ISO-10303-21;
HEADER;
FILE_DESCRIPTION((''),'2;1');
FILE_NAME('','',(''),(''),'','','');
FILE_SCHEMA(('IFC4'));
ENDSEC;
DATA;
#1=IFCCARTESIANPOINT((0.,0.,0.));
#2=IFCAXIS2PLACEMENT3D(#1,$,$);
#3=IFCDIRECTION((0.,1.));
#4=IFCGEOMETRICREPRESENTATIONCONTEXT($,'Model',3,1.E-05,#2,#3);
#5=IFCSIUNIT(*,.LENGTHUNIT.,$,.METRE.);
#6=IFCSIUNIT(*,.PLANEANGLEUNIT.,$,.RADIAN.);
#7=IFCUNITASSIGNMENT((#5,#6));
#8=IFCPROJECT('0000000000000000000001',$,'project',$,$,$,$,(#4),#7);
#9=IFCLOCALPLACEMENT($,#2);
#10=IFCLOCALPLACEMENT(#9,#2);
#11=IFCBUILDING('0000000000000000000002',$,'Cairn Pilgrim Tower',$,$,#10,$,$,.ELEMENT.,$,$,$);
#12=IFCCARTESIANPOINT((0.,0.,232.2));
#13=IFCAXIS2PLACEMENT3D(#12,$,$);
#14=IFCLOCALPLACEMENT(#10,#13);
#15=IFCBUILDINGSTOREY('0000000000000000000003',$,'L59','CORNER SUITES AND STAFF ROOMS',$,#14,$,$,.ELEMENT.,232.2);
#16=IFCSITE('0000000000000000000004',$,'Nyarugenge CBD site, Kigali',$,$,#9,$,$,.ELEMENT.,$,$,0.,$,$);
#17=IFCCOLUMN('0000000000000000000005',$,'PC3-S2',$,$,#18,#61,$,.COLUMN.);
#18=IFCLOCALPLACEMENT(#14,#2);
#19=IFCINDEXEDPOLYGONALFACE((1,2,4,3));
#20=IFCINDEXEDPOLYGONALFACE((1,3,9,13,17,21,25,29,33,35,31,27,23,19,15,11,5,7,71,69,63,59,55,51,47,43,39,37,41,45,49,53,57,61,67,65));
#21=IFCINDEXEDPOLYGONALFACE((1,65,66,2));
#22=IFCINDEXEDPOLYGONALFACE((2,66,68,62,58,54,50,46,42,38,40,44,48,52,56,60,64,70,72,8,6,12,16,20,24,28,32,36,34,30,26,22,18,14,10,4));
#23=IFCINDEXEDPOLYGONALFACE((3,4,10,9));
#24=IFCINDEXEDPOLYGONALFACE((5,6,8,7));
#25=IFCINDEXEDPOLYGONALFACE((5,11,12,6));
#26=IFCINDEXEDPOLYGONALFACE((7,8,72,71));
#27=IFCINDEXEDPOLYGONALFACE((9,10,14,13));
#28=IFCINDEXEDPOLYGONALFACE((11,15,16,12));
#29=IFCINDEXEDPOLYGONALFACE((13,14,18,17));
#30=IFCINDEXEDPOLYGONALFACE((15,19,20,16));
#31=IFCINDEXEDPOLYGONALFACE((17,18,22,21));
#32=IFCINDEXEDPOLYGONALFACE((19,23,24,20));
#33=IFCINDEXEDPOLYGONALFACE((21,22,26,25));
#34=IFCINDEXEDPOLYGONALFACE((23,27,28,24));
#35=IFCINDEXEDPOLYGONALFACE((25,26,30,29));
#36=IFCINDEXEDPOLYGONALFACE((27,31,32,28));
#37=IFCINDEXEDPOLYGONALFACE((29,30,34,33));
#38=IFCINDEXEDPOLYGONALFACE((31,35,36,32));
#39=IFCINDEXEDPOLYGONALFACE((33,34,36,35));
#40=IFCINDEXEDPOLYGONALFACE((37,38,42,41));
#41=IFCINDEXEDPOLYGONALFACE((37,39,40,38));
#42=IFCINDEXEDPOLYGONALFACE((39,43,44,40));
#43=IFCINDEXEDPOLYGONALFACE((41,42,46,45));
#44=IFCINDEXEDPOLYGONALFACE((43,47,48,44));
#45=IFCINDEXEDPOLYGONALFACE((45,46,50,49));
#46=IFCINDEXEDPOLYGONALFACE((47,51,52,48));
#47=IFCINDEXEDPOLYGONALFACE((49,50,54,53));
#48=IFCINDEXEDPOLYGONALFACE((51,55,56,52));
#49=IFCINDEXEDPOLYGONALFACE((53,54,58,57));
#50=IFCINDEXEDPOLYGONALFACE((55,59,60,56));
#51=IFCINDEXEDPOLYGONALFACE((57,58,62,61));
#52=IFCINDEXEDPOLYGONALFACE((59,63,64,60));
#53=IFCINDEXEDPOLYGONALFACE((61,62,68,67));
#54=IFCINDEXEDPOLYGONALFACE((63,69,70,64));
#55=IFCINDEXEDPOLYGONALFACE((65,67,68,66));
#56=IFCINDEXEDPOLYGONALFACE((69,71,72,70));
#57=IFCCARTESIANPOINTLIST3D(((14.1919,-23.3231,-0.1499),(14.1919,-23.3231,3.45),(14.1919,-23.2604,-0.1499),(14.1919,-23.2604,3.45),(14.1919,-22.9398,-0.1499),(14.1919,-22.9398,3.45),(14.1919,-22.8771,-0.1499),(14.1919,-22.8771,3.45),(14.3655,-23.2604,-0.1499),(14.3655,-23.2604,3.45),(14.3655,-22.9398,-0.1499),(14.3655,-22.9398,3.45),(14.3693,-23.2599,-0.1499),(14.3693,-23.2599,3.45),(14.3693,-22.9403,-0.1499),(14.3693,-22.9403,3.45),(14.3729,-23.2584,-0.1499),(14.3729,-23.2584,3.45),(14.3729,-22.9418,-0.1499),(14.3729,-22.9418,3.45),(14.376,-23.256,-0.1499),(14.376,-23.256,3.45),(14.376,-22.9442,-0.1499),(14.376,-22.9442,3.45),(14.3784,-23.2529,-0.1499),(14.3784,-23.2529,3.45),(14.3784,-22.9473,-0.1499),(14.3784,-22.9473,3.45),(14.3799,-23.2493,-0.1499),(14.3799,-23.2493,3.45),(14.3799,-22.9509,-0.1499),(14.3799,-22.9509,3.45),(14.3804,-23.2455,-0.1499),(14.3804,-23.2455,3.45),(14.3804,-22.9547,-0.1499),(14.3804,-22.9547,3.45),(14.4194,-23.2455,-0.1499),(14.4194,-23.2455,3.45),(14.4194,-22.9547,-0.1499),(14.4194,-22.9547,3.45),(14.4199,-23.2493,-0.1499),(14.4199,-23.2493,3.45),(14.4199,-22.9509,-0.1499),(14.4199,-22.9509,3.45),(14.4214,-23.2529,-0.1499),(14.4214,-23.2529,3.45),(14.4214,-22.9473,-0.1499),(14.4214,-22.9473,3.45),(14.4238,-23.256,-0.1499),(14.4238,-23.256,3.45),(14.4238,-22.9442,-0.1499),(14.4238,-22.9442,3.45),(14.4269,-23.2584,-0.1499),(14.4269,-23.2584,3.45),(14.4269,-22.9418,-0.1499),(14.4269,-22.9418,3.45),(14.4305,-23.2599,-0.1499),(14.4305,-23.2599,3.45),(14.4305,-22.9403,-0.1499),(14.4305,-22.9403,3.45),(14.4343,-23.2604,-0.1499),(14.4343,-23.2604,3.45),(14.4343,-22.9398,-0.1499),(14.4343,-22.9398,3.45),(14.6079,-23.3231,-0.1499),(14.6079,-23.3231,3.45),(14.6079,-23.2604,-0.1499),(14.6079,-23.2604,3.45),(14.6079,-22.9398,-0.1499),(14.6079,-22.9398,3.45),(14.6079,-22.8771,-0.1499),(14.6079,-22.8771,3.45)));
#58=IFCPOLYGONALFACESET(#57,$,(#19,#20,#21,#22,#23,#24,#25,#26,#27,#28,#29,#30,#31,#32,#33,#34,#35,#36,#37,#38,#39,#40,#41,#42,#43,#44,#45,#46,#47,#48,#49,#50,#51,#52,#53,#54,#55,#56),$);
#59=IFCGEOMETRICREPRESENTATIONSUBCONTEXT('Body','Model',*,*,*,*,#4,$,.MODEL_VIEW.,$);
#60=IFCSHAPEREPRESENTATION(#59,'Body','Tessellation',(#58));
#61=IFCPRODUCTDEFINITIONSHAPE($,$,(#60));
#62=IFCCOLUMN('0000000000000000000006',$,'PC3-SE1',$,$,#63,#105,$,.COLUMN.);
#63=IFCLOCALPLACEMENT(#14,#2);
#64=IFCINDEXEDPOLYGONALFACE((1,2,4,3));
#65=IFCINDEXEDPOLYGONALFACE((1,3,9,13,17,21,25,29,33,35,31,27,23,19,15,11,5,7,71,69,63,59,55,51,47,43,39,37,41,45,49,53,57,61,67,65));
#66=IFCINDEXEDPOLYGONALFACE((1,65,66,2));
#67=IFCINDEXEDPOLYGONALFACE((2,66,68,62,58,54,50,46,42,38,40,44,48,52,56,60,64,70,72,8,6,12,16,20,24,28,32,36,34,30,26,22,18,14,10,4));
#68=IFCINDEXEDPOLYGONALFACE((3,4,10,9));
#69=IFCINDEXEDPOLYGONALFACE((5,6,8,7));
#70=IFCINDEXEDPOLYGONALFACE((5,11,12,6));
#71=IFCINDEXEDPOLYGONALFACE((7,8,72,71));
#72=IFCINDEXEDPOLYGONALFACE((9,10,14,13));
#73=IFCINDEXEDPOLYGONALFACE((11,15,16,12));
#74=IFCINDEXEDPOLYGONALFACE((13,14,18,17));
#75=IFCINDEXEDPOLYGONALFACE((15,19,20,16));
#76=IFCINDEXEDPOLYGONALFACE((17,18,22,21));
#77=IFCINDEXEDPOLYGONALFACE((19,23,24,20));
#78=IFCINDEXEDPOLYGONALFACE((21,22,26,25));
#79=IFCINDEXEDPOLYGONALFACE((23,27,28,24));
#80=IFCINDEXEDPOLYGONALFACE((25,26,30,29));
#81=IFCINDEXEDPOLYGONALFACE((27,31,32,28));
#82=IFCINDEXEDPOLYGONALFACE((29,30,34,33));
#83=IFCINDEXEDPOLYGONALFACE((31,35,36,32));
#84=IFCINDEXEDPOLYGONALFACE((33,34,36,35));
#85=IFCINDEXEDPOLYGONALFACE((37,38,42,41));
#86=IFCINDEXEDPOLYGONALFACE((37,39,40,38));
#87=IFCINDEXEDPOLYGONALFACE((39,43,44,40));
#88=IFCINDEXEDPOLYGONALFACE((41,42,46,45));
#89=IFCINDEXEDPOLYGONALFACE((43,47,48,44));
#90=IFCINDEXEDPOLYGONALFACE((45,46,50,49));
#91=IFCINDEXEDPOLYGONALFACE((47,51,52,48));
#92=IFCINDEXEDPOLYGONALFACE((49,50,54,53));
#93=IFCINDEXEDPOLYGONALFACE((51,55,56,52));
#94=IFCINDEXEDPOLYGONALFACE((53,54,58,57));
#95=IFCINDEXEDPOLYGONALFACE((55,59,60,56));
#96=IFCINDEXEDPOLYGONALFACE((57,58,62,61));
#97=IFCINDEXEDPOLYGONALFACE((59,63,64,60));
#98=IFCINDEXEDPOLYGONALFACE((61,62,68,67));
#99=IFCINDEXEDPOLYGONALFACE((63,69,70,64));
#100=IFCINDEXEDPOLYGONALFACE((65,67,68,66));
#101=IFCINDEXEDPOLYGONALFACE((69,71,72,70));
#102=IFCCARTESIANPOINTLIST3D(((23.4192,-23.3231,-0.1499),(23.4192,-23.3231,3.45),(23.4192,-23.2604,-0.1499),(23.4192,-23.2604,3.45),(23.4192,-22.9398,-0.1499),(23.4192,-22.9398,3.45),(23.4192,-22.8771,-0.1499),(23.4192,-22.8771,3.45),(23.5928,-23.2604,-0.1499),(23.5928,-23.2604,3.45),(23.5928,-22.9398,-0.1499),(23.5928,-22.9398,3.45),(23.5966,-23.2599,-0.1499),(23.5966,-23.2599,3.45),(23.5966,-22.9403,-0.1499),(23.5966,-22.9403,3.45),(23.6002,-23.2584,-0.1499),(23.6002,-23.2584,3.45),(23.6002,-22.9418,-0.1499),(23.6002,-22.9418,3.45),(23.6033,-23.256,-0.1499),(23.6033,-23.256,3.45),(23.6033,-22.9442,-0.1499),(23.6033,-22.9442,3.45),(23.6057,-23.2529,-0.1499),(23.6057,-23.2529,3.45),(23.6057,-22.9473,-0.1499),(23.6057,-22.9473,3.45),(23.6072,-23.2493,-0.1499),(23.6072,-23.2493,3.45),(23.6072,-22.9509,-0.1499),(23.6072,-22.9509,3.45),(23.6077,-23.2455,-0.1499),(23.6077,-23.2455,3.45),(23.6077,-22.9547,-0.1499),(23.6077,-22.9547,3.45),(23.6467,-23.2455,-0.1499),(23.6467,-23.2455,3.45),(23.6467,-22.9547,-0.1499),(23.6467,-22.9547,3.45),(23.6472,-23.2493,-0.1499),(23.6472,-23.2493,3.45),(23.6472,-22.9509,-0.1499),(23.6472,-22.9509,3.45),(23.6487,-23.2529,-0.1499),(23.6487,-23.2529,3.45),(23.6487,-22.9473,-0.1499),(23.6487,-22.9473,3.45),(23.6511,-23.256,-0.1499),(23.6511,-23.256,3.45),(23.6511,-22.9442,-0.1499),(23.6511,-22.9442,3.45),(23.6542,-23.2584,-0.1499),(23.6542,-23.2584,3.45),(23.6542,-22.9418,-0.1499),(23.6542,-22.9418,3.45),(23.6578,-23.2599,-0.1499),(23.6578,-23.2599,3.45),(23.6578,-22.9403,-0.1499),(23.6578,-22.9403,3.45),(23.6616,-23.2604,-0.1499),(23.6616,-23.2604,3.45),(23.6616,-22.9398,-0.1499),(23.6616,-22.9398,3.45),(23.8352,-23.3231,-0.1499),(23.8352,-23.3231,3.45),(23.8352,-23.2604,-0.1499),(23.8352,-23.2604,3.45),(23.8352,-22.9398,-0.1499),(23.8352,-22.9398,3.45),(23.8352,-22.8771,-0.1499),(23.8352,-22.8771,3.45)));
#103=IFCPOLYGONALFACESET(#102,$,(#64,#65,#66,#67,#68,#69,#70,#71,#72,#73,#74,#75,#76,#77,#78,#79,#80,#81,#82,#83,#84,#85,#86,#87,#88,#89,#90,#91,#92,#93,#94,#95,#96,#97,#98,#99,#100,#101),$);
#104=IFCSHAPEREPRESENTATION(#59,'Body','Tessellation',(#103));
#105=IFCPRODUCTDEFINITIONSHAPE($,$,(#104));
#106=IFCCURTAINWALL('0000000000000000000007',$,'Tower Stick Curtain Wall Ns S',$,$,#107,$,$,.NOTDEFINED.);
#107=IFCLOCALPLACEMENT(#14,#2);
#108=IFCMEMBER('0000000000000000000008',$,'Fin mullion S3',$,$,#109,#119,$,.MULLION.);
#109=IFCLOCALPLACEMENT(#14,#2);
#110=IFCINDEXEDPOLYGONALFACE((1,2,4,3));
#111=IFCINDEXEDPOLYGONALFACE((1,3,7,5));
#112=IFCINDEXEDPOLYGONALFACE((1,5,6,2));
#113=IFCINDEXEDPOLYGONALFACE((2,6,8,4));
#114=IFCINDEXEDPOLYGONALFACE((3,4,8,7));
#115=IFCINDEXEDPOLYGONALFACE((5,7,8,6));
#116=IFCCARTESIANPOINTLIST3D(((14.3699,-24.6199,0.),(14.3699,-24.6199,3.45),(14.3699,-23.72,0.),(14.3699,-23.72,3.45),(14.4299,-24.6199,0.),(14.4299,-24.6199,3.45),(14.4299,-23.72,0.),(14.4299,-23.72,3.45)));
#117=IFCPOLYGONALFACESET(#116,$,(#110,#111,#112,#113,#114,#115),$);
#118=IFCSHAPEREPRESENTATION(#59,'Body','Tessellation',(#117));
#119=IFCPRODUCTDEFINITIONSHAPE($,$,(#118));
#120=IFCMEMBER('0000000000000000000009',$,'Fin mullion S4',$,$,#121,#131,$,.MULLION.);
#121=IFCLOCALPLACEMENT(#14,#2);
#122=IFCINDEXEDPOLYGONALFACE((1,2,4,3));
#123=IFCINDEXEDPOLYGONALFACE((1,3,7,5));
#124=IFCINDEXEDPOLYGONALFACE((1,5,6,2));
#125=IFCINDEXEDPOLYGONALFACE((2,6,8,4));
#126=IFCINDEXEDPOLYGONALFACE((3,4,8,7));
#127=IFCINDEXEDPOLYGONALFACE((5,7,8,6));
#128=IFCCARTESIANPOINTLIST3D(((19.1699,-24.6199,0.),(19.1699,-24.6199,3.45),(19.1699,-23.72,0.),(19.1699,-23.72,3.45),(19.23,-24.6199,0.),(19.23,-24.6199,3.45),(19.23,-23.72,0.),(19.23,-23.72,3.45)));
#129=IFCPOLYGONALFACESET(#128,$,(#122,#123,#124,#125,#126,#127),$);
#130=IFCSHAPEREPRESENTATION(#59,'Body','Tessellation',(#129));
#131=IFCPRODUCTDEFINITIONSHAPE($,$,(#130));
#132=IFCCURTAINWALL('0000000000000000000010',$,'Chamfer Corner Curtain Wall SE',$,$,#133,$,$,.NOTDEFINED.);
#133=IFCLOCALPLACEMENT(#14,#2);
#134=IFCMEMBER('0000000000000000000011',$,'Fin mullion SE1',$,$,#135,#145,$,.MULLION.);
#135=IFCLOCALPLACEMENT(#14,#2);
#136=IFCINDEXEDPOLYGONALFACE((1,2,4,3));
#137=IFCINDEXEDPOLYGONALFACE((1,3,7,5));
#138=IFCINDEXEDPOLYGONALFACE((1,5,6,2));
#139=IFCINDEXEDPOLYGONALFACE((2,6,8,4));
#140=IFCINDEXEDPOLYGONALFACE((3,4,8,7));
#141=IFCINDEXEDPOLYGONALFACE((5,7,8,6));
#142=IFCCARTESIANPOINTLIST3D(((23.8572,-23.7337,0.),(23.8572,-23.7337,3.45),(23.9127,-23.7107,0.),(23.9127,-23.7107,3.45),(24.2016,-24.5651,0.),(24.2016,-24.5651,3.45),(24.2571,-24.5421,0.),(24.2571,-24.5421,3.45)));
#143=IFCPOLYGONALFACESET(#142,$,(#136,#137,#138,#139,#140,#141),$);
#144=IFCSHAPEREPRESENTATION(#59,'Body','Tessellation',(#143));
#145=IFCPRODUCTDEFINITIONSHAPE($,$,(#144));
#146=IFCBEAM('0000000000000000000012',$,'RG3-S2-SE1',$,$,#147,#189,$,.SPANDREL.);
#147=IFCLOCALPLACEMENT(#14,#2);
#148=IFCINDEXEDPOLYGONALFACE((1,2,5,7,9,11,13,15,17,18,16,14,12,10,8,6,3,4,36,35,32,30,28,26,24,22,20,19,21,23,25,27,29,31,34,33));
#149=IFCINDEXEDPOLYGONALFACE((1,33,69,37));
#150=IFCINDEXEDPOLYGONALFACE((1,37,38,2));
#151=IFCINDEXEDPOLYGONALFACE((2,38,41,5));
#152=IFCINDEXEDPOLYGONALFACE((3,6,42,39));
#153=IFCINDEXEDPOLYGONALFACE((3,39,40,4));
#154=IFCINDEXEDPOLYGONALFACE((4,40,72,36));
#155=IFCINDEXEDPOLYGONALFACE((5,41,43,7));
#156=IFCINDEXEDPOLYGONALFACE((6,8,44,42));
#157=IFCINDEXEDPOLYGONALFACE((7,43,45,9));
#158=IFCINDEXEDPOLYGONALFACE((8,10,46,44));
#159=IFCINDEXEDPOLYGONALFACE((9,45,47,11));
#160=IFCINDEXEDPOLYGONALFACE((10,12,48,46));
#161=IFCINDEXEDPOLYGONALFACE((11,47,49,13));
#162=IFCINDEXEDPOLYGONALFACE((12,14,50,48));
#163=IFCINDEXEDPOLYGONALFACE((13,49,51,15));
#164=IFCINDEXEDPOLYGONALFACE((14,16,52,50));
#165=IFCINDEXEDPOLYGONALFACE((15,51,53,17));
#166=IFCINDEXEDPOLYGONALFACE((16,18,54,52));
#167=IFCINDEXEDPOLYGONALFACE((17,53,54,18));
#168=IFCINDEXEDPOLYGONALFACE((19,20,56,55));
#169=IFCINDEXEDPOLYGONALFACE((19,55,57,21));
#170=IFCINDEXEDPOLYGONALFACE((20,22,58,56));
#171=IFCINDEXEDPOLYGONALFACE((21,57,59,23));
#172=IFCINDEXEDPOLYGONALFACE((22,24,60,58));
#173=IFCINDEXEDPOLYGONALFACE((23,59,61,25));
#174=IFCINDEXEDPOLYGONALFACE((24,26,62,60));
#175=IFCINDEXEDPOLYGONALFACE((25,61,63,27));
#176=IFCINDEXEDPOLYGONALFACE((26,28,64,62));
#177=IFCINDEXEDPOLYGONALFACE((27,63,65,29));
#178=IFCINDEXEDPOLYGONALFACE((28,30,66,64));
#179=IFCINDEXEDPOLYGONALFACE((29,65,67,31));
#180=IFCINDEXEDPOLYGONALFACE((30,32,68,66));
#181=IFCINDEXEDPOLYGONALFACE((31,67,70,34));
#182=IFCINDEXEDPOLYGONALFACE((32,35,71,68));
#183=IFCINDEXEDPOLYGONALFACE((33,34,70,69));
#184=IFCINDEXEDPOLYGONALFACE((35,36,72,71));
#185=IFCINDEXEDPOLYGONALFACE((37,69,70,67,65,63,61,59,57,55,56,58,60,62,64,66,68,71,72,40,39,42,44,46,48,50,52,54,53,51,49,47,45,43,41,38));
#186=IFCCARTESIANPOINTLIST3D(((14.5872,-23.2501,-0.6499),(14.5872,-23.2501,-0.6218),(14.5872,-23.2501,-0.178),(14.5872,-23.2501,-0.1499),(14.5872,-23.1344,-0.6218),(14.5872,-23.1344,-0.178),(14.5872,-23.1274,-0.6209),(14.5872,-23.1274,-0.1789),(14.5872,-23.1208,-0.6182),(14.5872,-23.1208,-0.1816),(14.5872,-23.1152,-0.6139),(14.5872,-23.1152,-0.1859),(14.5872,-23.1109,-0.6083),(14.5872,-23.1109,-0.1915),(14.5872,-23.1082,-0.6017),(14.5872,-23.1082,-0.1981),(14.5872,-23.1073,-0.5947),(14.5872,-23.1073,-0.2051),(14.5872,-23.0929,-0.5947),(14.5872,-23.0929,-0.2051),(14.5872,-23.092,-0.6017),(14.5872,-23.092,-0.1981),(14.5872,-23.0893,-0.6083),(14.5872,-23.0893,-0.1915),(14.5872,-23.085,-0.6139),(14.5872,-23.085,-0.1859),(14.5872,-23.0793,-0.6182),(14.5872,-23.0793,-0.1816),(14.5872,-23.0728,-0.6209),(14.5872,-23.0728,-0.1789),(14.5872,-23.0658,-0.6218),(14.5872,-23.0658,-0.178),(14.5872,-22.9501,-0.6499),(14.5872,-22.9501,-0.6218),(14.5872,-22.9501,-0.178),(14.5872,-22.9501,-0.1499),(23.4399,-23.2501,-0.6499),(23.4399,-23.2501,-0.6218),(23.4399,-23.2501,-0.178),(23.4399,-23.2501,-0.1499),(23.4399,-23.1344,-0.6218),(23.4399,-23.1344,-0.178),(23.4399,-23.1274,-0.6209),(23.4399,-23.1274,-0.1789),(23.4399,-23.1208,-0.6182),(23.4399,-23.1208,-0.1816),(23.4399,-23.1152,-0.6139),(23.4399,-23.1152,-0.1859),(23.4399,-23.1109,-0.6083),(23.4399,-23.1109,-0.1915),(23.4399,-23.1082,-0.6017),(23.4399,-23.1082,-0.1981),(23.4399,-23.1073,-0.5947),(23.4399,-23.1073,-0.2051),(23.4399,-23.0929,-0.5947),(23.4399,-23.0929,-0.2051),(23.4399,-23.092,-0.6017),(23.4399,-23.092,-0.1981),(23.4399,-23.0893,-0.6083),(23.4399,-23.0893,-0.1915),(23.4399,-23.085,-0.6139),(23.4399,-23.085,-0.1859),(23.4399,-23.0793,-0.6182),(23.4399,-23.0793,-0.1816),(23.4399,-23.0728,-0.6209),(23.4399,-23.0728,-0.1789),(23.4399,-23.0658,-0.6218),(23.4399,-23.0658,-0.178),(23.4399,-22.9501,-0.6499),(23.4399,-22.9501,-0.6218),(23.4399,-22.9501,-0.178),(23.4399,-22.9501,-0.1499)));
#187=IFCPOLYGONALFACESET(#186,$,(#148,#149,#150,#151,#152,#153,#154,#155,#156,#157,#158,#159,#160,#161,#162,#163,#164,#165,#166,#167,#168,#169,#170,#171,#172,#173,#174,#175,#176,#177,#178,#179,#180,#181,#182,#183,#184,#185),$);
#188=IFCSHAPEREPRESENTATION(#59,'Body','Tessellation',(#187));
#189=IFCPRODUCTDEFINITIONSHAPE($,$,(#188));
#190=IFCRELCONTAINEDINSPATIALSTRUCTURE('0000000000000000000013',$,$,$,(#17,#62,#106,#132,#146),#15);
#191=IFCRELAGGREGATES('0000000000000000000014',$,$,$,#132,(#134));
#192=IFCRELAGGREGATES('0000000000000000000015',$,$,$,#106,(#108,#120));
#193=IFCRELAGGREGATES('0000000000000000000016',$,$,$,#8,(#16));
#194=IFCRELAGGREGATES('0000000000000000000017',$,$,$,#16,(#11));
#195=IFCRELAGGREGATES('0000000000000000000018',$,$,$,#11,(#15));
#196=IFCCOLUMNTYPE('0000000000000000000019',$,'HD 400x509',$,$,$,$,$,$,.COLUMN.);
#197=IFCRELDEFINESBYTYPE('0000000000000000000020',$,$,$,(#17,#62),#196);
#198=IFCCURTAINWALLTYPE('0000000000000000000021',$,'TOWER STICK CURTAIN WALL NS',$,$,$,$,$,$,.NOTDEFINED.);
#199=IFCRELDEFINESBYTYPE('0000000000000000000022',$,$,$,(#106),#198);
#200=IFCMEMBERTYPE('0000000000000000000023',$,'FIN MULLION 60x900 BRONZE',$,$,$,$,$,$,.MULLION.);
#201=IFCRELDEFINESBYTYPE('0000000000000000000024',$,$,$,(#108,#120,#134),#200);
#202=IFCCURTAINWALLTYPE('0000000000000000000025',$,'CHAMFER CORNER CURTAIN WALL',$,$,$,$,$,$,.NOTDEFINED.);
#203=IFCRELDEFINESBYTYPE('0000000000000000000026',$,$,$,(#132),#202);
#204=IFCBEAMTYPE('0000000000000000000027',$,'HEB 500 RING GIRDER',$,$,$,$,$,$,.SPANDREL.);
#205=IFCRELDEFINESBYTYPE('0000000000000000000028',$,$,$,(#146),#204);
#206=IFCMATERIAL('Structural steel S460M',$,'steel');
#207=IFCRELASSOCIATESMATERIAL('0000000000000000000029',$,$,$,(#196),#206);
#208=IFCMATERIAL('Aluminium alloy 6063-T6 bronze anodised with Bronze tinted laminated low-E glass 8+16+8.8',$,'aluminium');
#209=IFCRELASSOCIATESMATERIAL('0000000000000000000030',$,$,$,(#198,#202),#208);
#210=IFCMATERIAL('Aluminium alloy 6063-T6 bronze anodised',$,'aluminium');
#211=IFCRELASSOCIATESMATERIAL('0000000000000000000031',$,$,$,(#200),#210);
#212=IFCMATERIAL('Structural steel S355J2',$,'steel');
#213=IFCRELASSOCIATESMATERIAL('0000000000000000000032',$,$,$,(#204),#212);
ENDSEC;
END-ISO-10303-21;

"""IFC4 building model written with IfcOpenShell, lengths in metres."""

from ifc_helpers import new_model, si_unit, direction, frame, origin, origin_2d, place, context, subcontext, project, spatial, rectangle, i_section, extrude, material, material_profile, profile_set, type_object, element, aggregate, save


model = new_model("IFC4")

# Units and contexts
model_context = context("Model", 3, precision=1e-05, world=origin(), true_north=direction((0.0, 1.0)))
body_context = subcontext(model_context, "Body", "Model", "MODEL_VIEW")
ifc_project = project(units=[si_unit("LENGTHUNIT", "METRE"), si_unit("PLANEANGLEUNIT", "RADIAN")], contexts=[model_context])

# Site, building, storey
site_placement = place(None, origin())
site = spatial("IfcSite", under=ifc_project, at=site_placement, Name="Nyarugenge CBD site, Kigali", CompositionType="ELEMENT", RefElevation=0.0)
building_placement = place(site_placement, origin())
building = spatial("IfcBuilding", under=site, at=building_placement, Name="Cairn Pilgrim Tower", CompositionType="ELEMENT")
storey_placement = place(building_placement, frame((0.0, 0.0, 232.2)))
storey = spatial("IfcBuildingStorey", under=building, at=storey_placement, Name="L59", Description="CORNER SUITES AND STAFF ROOMS", CompositionType="ELEMENT", Elevation=232.2)

# Columns
ifc_material_1 = material(Name="Structural steel S460M", Category="steel")
ifc_material_profile_1 = material_profile(ifc_material_1, i_section(OverallWidth=0.416, OverallDepth=0.446, WebThickness=0.0391, FlangeThickness=0.0627, FilletRadius=0.0149, at=origin_2d()), Name="HD 400x509")
ifc_profile_set_1 = profile_set([ifc_material_profile_1], Name="Structural steel S460M")
column_type = type_object("IfcColumnType", Name="HD 400x509", PredefinedType="COLUMN", material=ifc_profile_set_1)
for number, where, z_axis, x_axis, name in (
    (1, (14.3999, -23.1001, -0.1499), (0.0, 0.0, 1.0), (1.0, 0.0, 0.0), "PC3-S2"),
    (2, (23.6272, -23.1001, -0.1499), (0.0, 0.0, 1.0), (1.0, 0.0, 0.0), "PC3-SE1"),
):
    element("IfcColumn", number, at=place(storey_placement, frame(where, z_axis=z_axis, x_axis=x_axis)), inside=storey, type_object=column_type, Name=name, PredefinedType="COLUMN", context=body_context, shape_type="SweptSolid", body=[
        extrude(i_section(OverallWidth=0.416, OverallDepth=0.446, WebThickness=0.0391, FlangeThickness=0.0627, FilletRadius=0.0149, at=origin_2d()), origin(), (0.0, 0.0, 1.0), 3.5999),
    ])

# Curtain wall, members
ifc_material_2 = material(Name="Aluminium alloy 6063-T6 bronze anodised with Bronze tinted laminated low-E glass 8+16+8.8", Category="aluminium")
curtain_wall_type_1 = type_object("IfcCurtainWallType", Name="TOWER STICK CURTAIN WALL NS", PredefinedType="NOTDEFINED", material=ifc_material_2)
curtain_wall_1_placement = place(storey_placement, origin())
curtain_wall_1 = element("IfcCurtainWall", 3, at=curtain_wall_1_placement, inside=storey, type_object=curtain_wall_type_1, Name="Tower Stick Curtain Wall Ns S", PredefinedType="NOTDEFINED")
ifc_material_3 = material(Name="Aluminium alloy 6063-T6 bronze anodised", Category="aluminium")
ifc_material_profile_2 = material_profile(ifc_material_3, rectangle(XDim=0.8999, YDim=0.0601, at=origin_2d()), Name="FIN MULLION 60x900 BRONZE")
ifc_profile_set_2 = profile_set([ifc_material_profile_2], Name="Aluminium alloy 6063-T6 bronze anodised")
member_type_1 = type_object("IfcMemberType", Name="FIN MULLION 60x900 BRONZE", PredefinedType="MULLION", material=ifc_profile_set_2)
member_1_placement = place(storey_placement, frame((14.3999, -24.1699, 0.0), z_axis=(0.0, 0.0, 1.0), x_axis=(0.0, -1.0, 0.0)))
member_1 = element("IfcMember", 4, at=member_1_placement, type_object=member_type_1, Name="Fin mullion S3", PredefinedType="MULLION", context=body_context, shape_type="SweptSolid", body=[
    extrude(rectangle(XDim=0.8999, YDim=0.0601, at=origin_2d()), origin(), (0.0, 0.0, 1.0), 3.45),
])
member_2_placement = place(storey_placement, frame((19.2, -24.1699, 0.0), z_axis=(0.0, 0.0, 1.0), x_axis=(0.0, -1.0, 0.0)))
member_2 = element("IfcMember", 5, at=member_2_placement, type_object=member_type_1, Name="Fin mullion S4", PredefinedType="MULLION", context=body_context, shape_type="SweptSolid", body=[
    extrude(rectangle(XDim=0.8999, YDim=0.0601, at=origin_2d()), origin(), (0.0, 0.0, 1.0), 3.45),
])

# Curtain wall, member
curtain_wall_type_2 = type_object("IfcCurtainWallType", Name="CHAMFER CORNER CURTAIN WALL", PredefinedType="NOTDEFINED", material=ifc_material_2)
curtain_wall_2_placement = place(storey_placement, origin())
curtain_wall_2 = element("IfcCurtainWall", 6, at=curtain_wall_2_placement, inside=storey, type_object=curtain_wall_type_2, Name="Chamfer Corner Curtain Wall SE", PredefinedType="NOTDEFINED")
member_3_placement = place(storey_placement, frame((24.0571, -24.1379, 0.0), z_axis=(0.0, 0.0, 1.0), x_axis=(0.382683, -0.92388, 0.0)))
member_3 = element("IfcMember", 7, at=member_3_placement, type_object=member_type_1, Name="Fin mullion SE1", PredefinedType="MULLION", context=body_context, shape_type="SweptSolid", body=[
    extrude(rectangle(XDim=0.8999, YDim=0.0601, at=origin_2d()), origin(), (0.0, 0.0, 1.0), 3.45),
])

# Beam
ifc_material_4 = material(Name="Structural steel S355J2", Category="steel")
ifc_material_profile_3 = material_profile(ifc_material_4, i_section(OverallWidth=0.3, OverallDepth=0.5, WebThickness=0.0144, FlangeThickness=0.0281, FilletRadius=0.0271, at=origin_2d()), Name="HEB 500")
ifc_profile_set_3 = profile_set([ifc_material_profile_3], Name="Structural steel S355J2")
beam_type_1 = type_object("IfcBeamType", Name="HEB 500 RING GIRDER", PredefinedType="SPANDREL", material=ifc_profile_set_3)
beam_1_placement = place(storey_placement, frame((14.5872, -23.1001, -0.3999), z_axis=(1.0, 0.0, 0.0), x_axis=(0.0, 1.0, 0.0)))
element("IfcBeam", 8, at=beam_1_placement, inside=storey, type_object=beam_type_1, Name="RG3-S2-SE1", PredefinedType="SPANDREL", context=body_context, shape_type="SweptSolid", body=[
    extrude(i_section(OverallWidth=0.3, OverallDepth=0.5, WebThickness=0.0144, FlangeThickness=0.0281, FilletRadius=0.0271, at=origin_2d()), origin(), (0.0, 0.0, 1.0), 8.8528),
])

aggregate(curtain_wall_2, [member_3])

aggregate(curtain_wall_1, [member_1, member_2])

save(model, "model.ifc")
